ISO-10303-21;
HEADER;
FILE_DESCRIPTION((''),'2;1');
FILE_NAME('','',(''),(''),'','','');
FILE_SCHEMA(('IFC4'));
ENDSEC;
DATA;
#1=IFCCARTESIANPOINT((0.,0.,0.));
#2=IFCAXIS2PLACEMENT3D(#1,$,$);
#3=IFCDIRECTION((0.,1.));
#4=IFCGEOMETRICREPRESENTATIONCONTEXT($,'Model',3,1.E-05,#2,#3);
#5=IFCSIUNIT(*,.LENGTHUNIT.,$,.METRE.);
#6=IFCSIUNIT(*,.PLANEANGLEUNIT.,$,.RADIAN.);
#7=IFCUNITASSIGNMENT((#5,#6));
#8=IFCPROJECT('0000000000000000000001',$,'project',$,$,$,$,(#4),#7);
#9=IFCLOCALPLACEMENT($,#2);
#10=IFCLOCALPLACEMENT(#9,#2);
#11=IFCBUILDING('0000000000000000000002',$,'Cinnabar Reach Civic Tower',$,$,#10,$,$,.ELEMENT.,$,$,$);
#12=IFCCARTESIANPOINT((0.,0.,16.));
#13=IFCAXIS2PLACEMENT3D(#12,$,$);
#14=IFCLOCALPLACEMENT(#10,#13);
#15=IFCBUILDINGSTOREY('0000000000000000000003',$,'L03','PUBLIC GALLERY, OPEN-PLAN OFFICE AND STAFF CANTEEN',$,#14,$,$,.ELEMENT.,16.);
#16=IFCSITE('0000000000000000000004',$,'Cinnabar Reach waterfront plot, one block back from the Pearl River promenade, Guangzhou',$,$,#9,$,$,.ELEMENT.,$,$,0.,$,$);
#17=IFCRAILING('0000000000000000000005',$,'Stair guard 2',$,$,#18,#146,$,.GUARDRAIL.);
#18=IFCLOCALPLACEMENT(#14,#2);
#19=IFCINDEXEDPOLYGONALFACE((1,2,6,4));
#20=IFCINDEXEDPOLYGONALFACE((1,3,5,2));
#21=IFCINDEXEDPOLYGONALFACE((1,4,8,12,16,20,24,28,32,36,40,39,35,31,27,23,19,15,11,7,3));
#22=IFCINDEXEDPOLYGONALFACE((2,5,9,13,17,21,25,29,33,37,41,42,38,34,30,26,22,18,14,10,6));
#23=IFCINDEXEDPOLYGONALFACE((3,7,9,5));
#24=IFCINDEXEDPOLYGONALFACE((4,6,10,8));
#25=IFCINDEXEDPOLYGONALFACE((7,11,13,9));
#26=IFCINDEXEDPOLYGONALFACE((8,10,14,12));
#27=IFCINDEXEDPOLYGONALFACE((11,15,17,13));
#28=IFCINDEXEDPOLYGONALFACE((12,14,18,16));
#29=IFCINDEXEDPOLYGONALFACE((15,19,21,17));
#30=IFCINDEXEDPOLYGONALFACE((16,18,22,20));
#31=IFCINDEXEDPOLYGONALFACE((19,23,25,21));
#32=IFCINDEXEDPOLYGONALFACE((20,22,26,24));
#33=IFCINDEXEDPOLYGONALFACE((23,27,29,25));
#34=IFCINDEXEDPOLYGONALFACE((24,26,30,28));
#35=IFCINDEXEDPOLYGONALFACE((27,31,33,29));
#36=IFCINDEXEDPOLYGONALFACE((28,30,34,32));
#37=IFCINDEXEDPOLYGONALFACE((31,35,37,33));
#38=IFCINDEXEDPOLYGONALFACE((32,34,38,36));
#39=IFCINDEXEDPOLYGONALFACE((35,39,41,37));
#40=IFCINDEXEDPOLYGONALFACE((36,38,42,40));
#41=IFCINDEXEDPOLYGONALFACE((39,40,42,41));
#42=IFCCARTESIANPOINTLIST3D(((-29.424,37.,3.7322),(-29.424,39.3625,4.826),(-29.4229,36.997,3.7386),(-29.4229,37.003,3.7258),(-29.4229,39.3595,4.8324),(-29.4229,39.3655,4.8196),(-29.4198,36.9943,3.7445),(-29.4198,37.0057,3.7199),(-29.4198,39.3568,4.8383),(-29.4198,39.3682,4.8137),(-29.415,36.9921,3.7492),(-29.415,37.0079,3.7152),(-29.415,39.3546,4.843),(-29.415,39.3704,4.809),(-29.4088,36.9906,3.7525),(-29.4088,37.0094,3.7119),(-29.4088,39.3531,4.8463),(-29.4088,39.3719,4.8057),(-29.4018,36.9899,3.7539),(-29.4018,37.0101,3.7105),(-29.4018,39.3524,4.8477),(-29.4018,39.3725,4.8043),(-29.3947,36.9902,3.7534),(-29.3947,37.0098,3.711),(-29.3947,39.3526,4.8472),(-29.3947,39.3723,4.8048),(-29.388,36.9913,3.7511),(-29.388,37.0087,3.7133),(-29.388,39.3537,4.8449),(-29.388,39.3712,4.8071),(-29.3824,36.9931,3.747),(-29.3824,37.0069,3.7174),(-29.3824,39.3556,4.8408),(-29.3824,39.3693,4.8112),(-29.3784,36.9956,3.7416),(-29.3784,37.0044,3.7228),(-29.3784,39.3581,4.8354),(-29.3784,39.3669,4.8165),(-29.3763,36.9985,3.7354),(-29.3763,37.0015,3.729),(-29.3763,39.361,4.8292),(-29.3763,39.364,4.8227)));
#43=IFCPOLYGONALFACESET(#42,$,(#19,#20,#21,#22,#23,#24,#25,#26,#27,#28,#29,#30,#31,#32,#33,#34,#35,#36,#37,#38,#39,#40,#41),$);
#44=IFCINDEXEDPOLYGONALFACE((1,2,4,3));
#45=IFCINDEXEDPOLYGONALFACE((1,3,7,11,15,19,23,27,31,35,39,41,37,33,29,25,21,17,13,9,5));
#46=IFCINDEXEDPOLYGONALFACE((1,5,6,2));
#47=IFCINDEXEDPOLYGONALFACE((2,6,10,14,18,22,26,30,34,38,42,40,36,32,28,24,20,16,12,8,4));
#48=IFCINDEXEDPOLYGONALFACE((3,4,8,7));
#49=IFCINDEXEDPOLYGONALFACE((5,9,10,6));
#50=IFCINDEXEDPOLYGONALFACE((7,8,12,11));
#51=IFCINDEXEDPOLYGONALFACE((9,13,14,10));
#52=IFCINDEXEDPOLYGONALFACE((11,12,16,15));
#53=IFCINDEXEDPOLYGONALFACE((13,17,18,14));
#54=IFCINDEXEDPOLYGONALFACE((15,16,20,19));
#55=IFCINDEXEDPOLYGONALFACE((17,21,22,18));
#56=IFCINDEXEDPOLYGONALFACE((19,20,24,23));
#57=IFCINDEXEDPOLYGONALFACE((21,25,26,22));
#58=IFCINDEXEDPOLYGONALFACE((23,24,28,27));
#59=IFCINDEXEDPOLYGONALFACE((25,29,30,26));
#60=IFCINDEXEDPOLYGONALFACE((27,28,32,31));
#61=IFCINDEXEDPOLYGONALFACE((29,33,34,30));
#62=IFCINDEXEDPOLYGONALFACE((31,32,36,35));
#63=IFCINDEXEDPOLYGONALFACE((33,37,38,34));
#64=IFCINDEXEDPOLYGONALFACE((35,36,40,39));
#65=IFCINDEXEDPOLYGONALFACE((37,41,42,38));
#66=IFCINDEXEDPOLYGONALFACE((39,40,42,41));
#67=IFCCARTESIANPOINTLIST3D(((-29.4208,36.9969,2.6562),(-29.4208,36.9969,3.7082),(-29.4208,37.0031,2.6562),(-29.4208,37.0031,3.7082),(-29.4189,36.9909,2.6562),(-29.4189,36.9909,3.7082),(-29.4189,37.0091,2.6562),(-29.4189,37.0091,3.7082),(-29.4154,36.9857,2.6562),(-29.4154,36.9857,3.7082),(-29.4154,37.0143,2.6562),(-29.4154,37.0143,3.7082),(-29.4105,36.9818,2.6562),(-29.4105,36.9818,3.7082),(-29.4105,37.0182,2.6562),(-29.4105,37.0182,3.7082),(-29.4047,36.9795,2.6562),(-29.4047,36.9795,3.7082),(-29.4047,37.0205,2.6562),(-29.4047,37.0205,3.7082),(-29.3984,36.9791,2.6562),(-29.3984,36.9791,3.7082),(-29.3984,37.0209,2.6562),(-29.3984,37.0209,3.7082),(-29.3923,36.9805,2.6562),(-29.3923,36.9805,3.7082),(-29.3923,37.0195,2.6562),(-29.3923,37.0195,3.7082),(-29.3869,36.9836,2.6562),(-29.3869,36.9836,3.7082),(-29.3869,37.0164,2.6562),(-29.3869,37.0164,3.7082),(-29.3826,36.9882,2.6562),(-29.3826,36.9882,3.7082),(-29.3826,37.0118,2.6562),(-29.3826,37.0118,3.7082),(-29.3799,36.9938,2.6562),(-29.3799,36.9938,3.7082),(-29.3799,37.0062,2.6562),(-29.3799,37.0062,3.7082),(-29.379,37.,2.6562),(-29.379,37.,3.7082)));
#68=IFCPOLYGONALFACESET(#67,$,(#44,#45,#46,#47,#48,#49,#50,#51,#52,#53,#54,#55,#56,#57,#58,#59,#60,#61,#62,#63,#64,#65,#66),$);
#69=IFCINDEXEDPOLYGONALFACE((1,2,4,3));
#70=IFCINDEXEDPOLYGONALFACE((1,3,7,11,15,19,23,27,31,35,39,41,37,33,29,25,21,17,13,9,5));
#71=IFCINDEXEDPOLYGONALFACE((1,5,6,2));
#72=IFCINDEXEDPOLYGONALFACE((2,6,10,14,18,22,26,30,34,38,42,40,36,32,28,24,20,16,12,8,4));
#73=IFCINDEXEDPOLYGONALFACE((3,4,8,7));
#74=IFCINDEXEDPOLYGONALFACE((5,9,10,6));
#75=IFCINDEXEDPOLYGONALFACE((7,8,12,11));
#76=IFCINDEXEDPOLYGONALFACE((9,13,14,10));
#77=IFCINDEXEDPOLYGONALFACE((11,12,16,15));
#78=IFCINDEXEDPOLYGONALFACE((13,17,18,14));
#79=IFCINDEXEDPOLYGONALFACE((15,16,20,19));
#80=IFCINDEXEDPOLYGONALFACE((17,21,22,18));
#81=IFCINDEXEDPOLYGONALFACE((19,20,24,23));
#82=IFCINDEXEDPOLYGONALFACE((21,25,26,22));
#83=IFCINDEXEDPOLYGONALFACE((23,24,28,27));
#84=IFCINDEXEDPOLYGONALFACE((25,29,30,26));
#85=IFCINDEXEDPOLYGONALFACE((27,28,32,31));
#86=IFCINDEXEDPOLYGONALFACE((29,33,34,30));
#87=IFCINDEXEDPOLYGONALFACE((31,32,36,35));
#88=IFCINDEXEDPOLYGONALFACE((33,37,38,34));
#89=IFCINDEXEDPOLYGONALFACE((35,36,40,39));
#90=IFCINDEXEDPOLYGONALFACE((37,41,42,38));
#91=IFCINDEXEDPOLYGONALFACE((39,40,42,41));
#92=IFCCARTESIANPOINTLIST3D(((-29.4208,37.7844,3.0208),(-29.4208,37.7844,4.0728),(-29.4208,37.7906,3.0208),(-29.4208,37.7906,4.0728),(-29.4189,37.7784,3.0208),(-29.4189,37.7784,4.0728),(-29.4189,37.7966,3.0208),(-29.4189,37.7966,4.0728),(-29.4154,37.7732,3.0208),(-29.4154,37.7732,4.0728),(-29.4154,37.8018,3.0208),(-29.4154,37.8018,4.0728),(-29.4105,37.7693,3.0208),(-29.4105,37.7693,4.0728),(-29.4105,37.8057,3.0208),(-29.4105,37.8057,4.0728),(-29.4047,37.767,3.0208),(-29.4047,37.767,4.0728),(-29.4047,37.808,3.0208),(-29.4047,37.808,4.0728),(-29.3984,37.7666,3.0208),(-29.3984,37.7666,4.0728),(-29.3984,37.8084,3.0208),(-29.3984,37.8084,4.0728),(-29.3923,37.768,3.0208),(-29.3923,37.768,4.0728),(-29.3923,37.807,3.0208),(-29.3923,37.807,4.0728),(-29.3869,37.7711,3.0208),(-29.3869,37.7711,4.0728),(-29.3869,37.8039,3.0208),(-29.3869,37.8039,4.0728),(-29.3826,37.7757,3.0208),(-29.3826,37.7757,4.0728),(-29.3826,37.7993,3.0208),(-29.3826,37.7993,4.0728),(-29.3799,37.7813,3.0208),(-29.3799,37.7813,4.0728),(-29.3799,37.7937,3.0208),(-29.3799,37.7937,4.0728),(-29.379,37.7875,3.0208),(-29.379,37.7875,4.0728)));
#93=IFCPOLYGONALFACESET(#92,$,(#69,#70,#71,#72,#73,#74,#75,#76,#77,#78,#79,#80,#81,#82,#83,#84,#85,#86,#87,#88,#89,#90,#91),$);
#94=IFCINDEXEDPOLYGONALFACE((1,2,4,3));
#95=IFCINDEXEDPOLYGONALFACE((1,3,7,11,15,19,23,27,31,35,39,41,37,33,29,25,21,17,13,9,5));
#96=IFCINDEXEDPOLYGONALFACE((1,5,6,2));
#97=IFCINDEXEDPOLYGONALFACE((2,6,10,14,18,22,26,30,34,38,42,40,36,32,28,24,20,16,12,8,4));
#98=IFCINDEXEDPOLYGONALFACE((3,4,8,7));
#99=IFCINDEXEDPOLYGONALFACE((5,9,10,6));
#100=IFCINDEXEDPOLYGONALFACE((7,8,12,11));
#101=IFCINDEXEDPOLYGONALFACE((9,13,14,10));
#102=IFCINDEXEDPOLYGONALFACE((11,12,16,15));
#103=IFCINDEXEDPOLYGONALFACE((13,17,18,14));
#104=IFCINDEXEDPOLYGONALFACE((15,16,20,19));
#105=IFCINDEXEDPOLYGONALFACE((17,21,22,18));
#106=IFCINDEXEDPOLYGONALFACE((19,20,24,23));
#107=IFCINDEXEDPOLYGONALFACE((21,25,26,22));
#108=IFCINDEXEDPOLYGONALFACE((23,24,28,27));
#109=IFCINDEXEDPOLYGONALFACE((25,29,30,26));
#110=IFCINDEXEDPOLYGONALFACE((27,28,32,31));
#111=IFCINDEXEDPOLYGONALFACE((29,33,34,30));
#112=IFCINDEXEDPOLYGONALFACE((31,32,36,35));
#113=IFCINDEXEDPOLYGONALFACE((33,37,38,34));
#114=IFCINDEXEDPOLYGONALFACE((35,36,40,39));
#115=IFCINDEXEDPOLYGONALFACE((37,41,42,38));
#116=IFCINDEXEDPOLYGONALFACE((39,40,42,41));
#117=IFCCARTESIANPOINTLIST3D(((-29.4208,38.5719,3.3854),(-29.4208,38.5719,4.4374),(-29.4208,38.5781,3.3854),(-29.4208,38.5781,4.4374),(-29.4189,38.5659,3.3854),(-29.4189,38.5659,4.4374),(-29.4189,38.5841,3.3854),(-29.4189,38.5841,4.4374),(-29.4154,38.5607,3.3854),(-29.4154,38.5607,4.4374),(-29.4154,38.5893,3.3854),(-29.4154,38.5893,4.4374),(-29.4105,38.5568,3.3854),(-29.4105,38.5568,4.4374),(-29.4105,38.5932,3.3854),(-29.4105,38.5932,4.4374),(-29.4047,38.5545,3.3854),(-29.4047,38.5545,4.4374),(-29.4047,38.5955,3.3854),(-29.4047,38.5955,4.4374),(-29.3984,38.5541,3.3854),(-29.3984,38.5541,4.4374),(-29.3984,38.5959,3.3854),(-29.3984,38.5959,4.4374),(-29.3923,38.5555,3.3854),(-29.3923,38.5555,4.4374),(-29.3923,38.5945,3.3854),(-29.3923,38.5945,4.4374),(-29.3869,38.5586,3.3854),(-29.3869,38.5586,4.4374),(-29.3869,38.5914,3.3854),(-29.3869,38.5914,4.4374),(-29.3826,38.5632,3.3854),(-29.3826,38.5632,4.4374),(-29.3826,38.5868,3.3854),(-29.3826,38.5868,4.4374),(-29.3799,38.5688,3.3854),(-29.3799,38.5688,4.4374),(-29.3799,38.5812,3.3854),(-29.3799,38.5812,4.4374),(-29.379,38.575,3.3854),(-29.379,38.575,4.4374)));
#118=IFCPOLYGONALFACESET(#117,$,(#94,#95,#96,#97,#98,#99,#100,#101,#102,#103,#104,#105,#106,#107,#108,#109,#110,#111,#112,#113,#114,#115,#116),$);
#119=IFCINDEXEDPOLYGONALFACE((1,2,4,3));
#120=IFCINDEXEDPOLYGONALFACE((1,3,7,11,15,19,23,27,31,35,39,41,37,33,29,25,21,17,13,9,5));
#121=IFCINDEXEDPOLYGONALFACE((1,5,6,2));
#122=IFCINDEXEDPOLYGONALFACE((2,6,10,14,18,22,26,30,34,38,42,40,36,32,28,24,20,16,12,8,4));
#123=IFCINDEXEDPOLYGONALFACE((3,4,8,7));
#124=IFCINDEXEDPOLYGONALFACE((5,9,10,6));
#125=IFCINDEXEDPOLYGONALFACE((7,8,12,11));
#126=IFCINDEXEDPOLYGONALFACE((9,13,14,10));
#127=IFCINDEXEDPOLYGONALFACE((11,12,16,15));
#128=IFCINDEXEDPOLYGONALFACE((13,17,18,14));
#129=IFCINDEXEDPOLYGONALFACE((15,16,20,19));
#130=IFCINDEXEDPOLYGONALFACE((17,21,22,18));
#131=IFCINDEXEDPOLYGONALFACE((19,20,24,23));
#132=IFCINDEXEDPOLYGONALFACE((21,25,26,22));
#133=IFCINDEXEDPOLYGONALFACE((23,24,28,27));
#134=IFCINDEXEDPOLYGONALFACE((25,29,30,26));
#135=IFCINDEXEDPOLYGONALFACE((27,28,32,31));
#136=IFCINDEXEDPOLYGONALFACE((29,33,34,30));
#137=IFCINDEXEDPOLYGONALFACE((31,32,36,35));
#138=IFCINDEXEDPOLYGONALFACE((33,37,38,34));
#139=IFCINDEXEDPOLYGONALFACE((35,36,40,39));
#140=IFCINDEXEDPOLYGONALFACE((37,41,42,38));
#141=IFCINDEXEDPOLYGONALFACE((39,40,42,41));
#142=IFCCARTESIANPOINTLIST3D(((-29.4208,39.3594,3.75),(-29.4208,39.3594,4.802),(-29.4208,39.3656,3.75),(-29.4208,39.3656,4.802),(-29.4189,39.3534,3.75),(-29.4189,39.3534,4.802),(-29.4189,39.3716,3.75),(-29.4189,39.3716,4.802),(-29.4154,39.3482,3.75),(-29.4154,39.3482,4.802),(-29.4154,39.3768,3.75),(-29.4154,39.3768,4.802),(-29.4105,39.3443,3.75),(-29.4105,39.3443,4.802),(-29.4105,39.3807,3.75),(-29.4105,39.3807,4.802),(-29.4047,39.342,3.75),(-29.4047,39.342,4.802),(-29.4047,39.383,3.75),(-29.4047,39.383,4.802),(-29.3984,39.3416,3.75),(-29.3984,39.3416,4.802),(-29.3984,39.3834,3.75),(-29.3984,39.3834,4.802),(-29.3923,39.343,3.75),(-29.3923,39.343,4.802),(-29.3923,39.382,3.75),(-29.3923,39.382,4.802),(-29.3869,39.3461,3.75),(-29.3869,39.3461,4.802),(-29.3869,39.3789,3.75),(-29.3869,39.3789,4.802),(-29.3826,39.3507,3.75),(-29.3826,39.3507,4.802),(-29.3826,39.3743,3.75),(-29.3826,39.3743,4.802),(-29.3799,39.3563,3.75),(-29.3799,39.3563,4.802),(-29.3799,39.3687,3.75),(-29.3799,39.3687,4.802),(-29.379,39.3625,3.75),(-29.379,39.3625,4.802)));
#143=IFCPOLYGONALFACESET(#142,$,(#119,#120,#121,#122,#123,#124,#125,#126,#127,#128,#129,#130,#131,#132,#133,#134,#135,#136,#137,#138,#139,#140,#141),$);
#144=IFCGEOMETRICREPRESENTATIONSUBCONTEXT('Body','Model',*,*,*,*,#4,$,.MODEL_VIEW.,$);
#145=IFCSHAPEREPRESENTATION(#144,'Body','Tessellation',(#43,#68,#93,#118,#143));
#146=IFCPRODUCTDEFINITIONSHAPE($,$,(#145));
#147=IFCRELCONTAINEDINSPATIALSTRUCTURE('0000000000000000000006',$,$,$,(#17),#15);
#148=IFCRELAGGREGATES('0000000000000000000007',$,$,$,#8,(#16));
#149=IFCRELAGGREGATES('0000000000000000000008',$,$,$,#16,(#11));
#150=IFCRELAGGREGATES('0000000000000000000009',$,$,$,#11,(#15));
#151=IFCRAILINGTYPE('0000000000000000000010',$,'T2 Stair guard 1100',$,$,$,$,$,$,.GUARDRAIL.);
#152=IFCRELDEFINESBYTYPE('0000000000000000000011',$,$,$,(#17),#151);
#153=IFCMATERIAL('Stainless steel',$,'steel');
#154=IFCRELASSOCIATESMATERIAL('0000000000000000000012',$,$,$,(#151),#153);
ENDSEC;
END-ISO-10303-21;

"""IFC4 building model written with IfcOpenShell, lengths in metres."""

from ifc_helpers import new_model, si_unit, direction, frame, origin, origin_2d, place, context, subcontext, project, spatial, circle, extrude, material, type_object, element, save


model = new_model("IFC4")

# Units and contexts
model_context = context("Model", 3, precision=1e-05, world=origin(), true_north=direction((0.0, 1.0)))
body_context = subcontext(model_context, "Body", "Model", "MODEL_VIEW")
ifc_project = project(units=[si_unit("LENGTHUNIT", "METRE"), si_unit("PLANEANGLEUNIT", "RADIAN")], contexts=[model_context])

# Site, building, storey
site_placement = place(None, origin())
site = spatial("IfcSite", under=ifc_project, at=site_placement, Name="Cinnabar Reach waterfront plot, one block back from the Pearl River promenade, Guangzhou", CompositionType="ELEMENT", RefElevation=0.0)
building_placement = place(site_placement, origin())
building = spatial("IfcBuilding", under=site, at=building_placement, Name="Cinnabar Reach Civic Tower", CompositionType="ELEMENT")
storey_placement = place(building_placement, frame((0.0, 0.0, 16.0)))
storey = spatial("IfcBuildingStorey", under=building, at=storey_placement, Name="L03", Description="PUBLIC GALLERY, OPEN-PLAN OFFICE AND STAFF CANTEEN", CompositionType="ELEMENT", Elevation=16.0)

# Railing
ifc_material_1 = material(Name="Stainless steel", Category="steel")
railing_type = type_object("IfcRailingType", Name="T2 Stair guard 1100", PredefinedType="GUARDRAIL", material=ifc_material_1)
railing_1_placement = place(storey_placement, frame((-29.4, 37.0, 2.6562)))
element("IfcRailing", 1, at=railing_1_placement, inside=storey, type_object=railing_type, Name="Stair guard 2", PredefinedType="GUARDRAIL", context=body_context, shape_type="SweptSolid", body=[
    extrude(circle(Radius=0.024, at=origin_2d()), frame((0.0, 0.0, 1.076), z_axis=(0.0, 0.90746, 0.420139), x_axis=(-1.0, 0.0, 0.0)), (0.0, 0.0, 1.0), 2.6034),
    extrude(circle(Radius=0.021, at=origin_2d()), origin(), (0.0, 0.0, 1.0), 1.052),
    extrude(circle(Radius=0.021, at=origin_2d()), frame((0.0, 0.7875, 0.3646)), (0.0, 0.0, 1.0), 1.052),
    extrude(circle(Radius=0.021, at=origin_2d()), frame((0.0, 1.575, 0.7292)), (0.0, 0.0, 1.0), 1.052),
    extrude(circle(Radius=0.021, at=origin_2d()), frame((0.0, 2.3625, 1.0938)), (0.0, 0.0, 1.0), 1.052),
])

save(model, "model.ifc")
